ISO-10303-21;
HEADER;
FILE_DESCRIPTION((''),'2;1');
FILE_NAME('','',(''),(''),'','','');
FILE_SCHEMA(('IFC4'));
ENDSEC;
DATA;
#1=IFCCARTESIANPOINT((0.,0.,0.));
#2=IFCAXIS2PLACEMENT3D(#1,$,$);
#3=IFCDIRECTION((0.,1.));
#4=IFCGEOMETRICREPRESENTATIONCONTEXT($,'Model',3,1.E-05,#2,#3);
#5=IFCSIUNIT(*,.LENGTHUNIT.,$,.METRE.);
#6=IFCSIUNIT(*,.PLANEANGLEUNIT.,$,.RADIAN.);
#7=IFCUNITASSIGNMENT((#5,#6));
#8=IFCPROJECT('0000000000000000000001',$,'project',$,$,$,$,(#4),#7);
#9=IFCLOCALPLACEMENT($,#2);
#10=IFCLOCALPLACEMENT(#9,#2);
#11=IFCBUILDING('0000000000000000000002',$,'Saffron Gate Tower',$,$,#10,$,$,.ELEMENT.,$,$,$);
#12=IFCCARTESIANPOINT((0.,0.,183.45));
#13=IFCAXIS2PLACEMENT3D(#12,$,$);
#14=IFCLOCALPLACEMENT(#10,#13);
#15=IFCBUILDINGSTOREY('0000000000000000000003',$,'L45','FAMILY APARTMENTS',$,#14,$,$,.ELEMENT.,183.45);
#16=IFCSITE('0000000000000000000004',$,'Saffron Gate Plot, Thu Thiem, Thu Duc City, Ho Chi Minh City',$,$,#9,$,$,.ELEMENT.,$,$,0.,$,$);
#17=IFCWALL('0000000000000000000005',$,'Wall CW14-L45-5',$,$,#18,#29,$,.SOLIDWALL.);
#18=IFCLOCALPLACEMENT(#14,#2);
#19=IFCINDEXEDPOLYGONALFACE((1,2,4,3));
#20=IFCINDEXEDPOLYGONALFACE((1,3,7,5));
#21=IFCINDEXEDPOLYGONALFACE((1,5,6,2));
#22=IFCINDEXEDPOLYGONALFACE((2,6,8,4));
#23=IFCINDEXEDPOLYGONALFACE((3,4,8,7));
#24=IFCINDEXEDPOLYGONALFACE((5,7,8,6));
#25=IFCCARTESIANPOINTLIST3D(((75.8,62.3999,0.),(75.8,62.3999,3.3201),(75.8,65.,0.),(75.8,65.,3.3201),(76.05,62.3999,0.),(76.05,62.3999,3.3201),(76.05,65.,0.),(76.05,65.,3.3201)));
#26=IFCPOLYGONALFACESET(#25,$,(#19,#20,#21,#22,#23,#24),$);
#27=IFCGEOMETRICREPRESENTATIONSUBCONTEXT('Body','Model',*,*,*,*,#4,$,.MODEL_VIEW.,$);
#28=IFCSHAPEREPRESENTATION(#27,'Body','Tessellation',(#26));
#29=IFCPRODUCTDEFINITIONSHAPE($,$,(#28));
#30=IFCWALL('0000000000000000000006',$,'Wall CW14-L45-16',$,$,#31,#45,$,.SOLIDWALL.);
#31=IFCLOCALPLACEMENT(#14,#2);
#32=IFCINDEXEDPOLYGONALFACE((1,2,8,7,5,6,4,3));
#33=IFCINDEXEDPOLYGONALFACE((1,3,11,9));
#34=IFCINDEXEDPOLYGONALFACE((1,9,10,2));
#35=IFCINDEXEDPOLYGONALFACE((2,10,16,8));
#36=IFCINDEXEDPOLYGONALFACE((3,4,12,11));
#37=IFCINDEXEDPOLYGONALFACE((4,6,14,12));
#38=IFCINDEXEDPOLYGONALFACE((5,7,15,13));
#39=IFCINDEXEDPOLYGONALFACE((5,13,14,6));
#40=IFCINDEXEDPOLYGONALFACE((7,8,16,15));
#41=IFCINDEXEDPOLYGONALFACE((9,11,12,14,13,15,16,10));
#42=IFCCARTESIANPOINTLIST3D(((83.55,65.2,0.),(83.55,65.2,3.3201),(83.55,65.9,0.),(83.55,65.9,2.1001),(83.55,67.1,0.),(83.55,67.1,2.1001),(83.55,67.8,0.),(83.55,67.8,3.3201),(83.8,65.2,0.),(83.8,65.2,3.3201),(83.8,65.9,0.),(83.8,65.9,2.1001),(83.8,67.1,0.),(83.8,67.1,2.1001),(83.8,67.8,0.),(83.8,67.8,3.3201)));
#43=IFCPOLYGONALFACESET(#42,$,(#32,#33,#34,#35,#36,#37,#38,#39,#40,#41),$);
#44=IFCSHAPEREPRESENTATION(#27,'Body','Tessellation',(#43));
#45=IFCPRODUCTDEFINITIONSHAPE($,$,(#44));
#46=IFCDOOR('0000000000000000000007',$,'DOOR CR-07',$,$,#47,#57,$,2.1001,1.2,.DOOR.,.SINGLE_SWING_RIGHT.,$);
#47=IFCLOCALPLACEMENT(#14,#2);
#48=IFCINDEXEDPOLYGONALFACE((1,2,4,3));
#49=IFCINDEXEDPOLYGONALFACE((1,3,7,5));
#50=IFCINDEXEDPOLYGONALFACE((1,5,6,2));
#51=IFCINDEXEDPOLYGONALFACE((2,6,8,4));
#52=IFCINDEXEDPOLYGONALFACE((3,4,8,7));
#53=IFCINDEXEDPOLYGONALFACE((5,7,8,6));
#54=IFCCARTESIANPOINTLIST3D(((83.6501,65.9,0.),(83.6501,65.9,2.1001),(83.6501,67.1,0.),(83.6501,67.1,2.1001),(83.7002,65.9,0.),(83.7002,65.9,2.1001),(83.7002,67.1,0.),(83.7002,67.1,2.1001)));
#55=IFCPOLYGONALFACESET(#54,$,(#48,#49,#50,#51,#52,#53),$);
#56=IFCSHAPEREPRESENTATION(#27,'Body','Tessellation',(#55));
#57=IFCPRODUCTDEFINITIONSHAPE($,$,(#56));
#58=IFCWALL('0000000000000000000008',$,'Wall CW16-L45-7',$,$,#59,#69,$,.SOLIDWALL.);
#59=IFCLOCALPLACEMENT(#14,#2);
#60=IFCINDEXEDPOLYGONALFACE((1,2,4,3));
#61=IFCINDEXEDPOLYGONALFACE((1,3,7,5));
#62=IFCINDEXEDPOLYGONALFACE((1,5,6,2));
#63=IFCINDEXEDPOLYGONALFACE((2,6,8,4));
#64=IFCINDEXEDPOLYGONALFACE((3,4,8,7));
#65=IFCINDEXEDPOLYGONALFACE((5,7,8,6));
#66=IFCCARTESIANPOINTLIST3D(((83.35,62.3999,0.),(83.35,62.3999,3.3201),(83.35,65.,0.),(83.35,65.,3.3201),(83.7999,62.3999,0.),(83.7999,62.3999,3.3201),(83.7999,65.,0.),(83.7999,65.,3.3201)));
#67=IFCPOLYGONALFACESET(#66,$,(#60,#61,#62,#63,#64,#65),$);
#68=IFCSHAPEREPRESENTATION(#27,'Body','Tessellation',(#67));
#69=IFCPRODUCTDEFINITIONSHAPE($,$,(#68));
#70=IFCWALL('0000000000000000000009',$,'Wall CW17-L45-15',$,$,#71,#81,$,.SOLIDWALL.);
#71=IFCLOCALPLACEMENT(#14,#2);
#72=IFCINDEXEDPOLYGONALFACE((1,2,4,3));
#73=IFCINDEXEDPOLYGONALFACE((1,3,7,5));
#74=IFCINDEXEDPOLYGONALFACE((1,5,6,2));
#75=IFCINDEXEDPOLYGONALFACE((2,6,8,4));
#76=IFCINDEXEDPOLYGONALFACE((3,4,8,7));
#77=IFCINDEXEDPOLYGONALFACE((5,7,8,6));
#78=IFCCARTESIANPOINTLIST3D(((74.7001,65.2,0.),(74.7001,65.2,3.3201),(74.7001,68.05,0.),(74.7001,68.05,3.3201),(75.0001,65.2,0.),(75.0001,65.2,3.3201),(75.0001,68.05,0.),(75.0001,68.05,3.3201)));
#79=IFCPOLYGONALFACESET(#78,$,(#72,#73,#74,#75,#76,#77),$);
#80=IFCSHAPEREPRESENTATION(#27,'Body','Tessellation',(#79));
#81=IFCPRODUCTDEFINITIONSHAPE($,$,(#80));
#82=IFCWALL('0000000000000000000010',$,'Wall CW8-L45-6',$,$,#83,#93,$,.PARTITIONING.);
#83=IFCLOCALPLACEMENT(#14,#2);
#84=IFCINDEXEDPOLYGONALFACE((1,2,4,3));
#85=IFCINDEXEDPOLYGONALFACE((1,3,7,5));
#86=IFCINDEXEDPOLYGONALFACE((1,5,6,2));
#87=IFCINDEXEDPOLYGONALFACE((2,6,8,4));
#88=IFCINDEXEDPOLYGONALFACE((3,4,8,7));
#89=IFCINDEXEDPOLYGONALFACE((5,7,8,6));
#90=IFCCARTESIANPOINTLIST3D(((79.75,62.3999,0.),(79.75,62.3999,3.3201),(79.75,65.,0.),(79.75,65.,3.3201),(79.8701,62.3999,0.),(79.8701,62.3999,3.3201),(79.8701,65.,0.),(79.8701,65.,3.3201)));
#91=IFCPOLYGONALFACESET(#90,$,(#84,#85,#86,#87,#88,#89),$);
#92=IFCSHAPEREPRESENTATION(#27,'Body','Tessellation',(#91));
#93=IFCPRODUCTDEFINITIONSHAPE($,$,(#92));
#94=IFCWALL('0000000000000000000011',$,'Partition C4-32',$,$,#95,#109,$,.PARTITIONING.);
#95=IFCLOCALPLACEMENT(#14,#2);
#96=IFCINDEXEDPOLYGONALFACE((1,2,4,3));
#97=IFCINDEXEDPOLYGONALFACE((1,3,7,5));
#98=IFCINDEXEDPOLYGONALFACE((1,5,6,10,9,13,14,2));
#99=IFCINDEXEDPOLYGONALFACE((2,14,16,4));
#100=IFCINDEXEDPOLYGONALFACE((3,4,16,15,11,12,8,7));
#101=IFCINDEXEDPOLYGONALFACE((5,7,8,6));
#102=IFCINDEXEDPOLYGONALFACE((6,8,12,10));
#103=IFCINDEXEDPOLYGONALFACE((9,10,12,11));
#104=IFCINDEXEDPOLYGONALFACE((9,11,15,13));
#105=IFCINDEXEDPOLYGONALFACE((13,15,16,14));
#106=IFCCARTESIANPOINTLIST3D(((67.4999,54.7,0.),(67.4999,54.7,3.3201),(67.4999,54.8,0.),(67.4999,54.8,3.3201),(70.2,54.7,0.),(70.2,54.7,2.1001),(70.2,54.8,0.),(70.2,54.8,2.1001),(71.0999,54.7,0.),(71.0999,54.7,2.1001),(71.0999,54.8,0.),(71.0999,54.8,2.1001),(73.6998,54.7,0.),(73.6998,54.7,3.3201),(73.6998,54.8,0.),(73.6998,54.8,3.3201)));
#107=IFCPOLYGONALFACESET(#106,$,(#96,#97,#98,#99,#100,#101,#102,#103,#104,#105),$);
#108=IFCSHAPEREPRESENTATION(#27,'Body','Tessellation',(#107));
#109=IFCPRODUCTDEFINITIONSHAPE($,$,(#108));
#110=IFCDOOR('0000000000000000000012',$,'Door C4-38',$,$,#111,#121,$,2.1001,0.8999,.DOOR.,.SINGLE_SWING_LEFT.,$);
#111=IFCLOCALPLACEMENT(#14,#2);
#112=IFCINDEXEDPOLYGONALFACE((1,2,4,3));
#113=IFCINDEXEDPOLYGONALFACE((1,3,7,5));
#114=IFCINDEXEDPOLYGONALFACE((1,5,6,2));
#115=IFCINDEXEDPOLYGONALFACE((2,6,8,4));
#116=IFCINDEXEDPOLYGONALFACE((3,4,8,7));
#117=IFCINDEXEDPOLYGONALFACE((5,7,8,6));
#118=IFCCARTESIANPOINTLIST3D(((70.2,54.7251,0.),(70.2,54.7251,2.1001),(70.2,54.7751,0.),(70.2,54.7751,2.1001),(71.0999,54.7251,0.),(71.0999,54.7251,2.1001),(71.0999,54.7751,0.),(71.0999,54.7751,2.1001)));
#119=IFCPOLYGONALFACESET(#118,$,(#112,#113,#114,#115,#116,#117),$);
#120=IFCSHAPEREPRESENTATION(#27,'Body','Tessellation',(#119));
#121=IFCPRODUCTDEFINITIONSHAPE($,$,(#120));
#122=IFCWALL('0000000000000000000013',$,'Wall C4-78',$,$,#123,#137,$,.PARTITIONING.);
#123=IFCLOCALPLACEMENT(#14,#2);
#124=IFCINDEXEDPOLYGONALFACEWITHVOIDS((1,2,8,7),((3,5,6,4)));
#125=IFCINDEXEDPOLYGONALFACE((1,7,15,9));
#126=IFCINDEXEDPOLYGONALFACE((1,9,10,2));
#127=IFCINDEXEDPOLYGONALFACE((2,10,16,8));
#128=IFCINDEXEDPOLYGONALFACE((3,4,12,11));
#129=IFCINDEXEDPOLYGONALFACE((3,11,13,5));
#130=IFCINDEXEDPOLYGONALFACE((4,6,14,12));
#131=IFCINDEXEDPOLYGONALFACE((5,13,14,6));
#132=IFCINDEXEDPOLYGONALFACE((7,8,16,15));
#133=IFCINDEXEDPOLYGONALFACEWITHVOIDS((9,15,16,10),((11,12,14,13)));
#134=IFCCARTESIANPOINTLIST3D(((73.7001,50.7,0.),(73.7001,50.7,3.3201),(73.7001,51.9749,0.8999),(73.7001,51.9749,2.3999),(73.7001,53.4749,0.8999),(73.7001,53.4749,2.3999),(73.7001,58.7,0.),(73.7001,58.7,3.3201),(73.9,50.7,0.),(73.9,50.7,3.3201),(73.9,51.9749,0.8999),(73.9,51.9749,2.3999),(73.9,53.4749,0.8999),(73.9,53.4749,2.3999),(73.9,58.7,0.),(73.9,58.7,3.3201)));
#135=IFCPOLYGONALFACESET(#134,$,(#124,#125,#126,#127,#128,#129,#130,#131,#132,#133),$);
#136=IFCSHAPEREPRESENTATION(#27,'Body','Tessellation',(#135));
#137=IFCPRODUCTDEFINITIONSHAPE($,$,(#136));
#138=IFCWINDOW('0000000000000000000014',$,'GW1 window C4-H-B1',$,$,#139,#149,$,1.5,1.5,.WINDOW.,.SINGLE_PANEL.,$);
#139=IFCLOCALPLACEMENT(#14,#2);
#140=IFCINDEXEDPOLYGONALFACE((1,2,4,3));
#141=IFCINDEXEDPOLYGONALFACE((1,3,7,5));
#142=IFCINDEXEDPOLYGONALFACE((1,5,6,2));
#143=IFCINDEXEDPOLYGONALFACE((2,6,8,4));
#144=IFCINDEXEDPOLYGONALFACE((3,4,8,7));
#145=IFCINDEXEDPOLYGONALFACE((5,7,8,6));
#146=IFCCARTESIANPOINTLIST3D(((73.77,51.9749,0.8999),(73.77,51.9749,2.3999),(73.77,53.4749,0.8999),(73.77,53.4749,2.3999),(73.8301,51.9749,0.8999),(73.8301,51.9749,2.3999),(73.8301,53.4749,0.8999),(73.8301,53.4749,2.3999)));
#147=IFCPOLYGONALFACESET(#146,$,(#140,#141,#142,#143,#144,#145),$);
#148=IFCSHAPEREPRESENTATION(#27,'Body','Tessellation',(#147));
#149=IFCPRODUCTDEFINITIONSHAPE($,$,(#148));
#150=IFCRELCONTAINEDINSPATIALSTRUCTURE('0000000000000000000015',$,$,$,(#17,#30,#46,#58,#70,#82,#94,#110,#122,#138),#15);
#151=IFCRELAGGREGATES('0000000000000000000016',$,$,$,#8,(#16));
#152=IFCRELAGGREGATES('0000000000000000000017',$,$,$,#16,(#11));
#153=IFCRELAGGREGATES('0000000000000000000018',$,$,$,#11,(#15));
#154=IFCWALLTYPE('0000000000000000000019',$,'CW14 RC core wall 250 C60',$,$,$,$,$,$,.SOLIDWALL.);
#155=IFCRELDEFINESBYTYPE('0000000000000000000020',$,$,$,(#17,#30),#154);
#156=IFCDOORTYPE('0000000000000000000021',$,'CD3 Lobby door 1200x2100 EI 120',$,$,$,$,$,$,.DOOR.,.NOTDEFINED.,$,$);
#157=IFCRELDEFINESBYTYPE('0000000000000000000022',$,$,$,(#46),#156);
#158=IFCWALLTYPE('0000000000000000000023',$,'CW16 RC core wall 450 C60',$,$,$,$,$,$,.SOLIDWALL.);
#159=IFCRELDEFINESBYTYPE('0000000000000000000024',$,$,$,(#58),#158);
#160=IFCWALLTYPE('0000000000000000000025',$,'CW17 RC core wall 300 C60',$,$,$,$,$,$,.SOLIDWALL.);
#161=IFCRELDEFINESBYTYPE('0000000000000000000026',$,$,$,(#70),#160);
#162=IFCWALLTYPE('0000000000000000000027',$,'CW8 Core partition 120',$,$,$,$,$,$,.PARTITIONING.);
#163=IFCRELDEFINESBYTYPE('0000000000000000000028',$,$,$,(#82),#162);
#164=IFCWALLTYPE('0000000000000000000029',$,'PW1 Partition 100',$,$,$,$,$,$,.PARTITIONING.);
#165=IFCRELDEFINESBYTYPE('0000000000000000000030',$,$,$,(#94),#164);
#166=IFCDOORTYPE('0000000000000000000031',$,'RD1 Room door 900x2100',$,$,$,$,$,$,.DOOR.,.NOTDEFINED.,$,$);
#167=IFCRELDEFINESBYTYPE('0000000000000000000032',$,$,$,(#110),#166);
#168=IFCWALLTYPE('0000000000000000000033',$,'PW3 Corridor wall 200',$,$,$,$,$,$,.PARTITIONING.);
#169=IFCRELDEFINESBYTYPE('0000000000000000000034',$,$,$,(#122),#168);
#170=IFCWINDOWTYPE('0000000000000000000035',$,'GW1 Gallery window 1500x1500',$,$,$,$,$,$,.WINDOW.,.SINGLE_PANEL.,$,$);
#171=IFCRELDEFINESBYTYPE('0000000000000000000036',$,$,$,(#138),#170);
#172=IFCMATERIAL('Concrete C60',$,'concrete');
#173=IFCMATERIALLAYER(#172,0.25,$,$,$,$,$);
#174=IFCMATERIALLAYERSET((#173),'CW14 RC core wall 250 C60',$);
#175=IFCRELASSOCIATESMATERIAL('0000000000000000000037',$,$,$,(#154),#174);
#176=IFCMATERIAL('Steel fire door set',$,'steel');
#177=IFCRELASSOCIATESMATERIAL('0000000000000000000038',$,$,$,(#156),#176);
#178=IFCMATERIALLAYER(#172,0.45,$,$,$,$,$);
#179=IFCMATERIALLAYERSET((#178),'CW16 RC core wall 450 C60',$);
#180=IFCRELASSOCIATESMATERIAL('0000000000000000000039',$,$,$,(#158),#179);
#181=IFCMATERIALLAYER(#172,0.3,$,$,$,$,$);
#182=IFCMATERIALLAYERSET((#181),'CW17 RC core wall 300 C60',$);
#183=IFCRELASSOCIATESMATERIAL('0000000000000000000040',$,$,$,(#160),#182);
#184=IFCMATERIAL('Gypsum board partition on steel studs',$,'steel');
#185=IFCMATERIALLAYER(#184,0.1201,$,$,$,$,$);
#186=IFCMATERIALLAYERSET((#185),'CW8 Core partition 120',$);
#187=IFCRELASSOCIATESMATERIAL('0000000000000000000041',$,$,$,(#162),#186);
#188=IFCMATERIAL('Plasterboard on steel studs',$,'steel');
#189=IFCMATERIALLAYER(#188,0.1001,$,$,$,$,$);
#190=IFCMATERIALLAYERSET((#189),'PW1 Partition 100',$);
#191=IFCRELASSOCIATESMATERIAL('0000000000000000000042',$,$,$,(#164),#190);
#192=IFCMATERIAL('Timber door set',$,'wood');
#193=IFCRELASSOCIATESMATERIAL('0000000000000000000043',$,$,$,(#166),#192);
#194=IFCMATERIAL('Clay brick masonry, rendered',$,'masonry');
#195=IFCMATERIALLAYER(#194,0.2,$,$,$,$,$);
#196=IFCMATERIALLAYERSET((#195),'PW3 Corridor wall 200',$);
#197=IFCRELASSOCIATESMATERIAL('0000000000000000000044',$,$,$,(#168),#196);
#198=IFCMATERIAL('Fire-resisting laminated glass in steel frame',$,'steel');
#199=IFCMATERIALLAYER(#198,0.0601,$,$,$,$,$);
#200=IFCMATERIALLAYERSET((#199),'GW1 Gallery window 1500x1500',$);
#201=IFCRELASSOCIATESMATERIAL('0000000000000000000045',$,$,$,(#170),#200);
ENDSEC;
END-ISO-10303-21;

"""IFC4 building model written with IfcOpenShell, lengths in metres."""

from ifc_helpers import new_model, si_unit, direction, frame, frame_2d, origin, place, context, subcontext, project, spatial, rectangle, extrude, material, layer, layer_set, type_object, element, fill, save


model = new_model("IFC4")

# Units and contexts
model_context = context("Model", 3, precision=1e-05, world=origin(), true_north=direction((0.0, 1.0)))
body_context = subcontext(model_context, "Body", "Model", "MODEL_VIEW")
ifc_project = project(units=[si_unit("LENGTHUNIT", "METRE"), si_unit("PLANEANGLEUNIT", "RADIAN")], contexts=[model_context])

# Site, building, storey
site_placement = place(None, origin())
site = spatial("IfcSite", under=ifc_project, at=site_placement, Name="Saffron Gate Plot, Thu Thiem, Thu Duc City, Ho Chi Minh City", CompositionType="ELEMENT", RefElevation=0.0)
building_placement = place(site_placement, origin())
building = spatial("IfcBuilding", under=site, at=building_placement, Name="Saffron Gate Tower", CompositionType="ELEMENT")
storey_placement = place(building_placement, frame((0.0, 0.0, 183.45)))
storey = spatial("IfcBuildingStorey", under=building, at=storey_placement, Name="L45", Description="FAMILY APARTMENTS", CompositionType="ELEMENT", Elevation=183.45)

# Wall
ifc_material_1 = material(Name="Concrete C60", Category="concrete")
ifc_layer_1 = layer(ifc_material_1, 0.25)
ifc_layer_set_1 = layer_set([ifc_layer_1], Name="CW14 RC core wall 250 C60")
wall_type_1 = type_object("IfcWallType", Name="CW14 RC core wall 250 C60", PredefinedType="SOLIDWALL", material=ifc_layer_set_1)
wall_1_placement = place(storey_placement, frame((75.925, 62.3999, 0.0), z_axis=(0.0, 0.0, 1.0), x_axis=(0.0, 1.0, 0.0)))
element("IfcWall", 1, at=wall_1_placement, inside=storey, type_object=wall_type_1, Name="Wall CW14-L45-5", PredefinedType="SOLIDWALL", context=body_context, shape_type="SweptSolid", body=[
    extrude(rectangle(XDim=2.6001, YDim=0.25, at=frame_2d((1.3, 0.0))), origin(), (0.0, 0.0, 1.0), 3.3201),
])

# Wall, opening, door
wall_2_placement = place(storey_placement, frame((83.675, 65.2, 0.0), z_axis=(0.0, 0.0, 1.0), x_axis=(0.0, 1.0, 0.0)))
wall_2 = element("IfcWall", 2, at=wall_2_placement, inside=storey, type_object=wall_type_1, Name="Wall CW14-L45-16", PredefinedType="SOLIDWALL", context=body_context, shape_type="SweptSolid", body=[
    extrude(rectangle(XDim=2.6001, YDim=0.25, at=frame_2d((1.3, 0.0))), origin(), (0.0, 0.0, 1.0), 3.3201),
])
opening_1_placement = place(wall_2_placement, frame((0.7, 0.0, 0.0)))
opening_1 = element("IfcOpeningElement", 3, at=opening_1_placement, cuts=wall_2, PredefinedType="OPENING", context=body_context, shape_type="SweptSolid", body=[
    extrude(rectangle(XDim=1.2, YDim=2.1001, at=frame_2d((0.6001, 1.05))), frame((0.0, 0.135, 0.0), z_axis=(0.0, -1.0, 0.0), x_axis=(1.0, 0.0, 0.0)), (0.0, 0.0, 1.0), 0.27),
])
ifc_material_2 = material(Name="Steel fire door set", Category="steel")
door_type_1 = type_object("IfcDoorType", Name="CD3 Lobby door 1200x2100 EI 120", OperationType="NOTDEFINED", PredefinedType="DOOR", material=ifc_material_2)
door_1_placement = place(opening_1_placement, origin())
door_1 = element("IfcDoor", 4, at=door_1_placement, inside=storey, type_object=door_type_1, Name="DOOR CR-07", OperationType="SINGLE_SWING_RIGHT", OverallHeight=2.1001, OverallWidth=1.2, PredefinedType="DOOR", context=body_context, shape_type="SweptSolid", body=[
    extrude(rectangle(XDim=1.2, YDim=2.1001, at=frame_2d((0.6001, 1.05))), frame((0.0, 0.0249, 0.0), z_axis=(0.0, -1.0, 0.0), x_axis=(1.0, 0.0, 0.0)), (0.0, 0.0, 1.0), 0.05),
])
fill(opening_1, door_1)

# Walls
ifc_layer_2 = layer(ifc_material_1, 0.45)
ifc_layer_set_2 = layer_set([ifc_layer_2], Name="CW16 RC core wall 450 C60")
wall_type_2 = type_object("IfcWallType", Name="CW16 RC core wall 450 C60", PredefinedType="SOLIDWALL", material=ifc_layer_set_2)
wall_3_placement = place(storey_placement, frame((83.575, 62.3999, 0.0), z_axis=(0.0, 0.0, 1.0), x_axis=(0.0, 1.0, 0.0)))
element("IfcWall", 5, at=wall_3_placement, inside=storey, type_object=wall_type_2, Name="Wall CW16-L45-7", PredefinedType="SOLIDWALL", context=body_context, shape_type="SweptSolid", body=[
    extrude(rectangle(XDim=2.6001, YDim=0.45, at=frame_2d((1.3, 0.0))), origin(), (0.0, 0.0, 1.0), 3.3201),
])
ifc_layer_3 = layer(ifc_material_1, 0.3)
ifc_layer_set_3 = layer_set([ifc_layer_3], Name="CW17 RC core wall 300 C60")
wall_type_3 = type_object("IfcWallType", Name="CW17 RC core wall 300 C60", PredefinedType="SOLIDWALL", material=ifc_layer_set_3)
wall_4_placement = place(storey_placement, frame((74.8501, 65.2, 0.0), z_axis=(0.0, 0.0, 1.0), x_axis=(0.0, 1.0, 0.0)))
element("IfcWall", 6, at=wall_4_placement, inside=storey, type_object=wall_type_3, Name="Wall CW17-L45-15", PredefinedType="SOLIDWALL", context=body_context, shape_type="SweptSolid", body=[
    extrude(rectangle(XDim=2.8501, YDim=0.3, at=frame_2d((1.425, 0.0))), origin(), (0.0, 0.0, 1.0), 3.3201),
])
ifc_material_3 = material(Name="Gypsum board partition on steel studs", Category="steel")
ifc_layer_4 = layer(ifc_material_3, 0.1201)
ifc_layer_set_4 = layer_set([ifc_layer_4], Name="CW8 Core partition 120")
wall_type_4 = type_object("IfcWallType", Name="CW8 Core partition 120", PredefinedType="PARTITIONING", material=ifc_layer_set_4)
wall_5_placement = place(storey_placement, frame((79.8101, 62.3999, 0.0), z_axis=(0.0, 0.0, 1.0), x_axis=(0.0, 1.0, 0.0)))
element("IfcWall", 7, at=wall_5_placement, inside=storey, type_object=wall_type_4, Name="Wall CW8-L45-6", PredefinedType="PARTITIONING", context=body_context, shape_type="SweptSolid", body=[
    extrude(rectangle(XDim=2.6001, YDim=0.1201, at=frame_2d((1.3, 0.0))), origin(), (0.0, 0.0, 1.0), 3.3201),
])

# Wall, opening, door
ifc_material_4 = material(Name="Plasterboard on steel studs", Category="steel")
ifc_layer_5 = layer(ifc_material_4, 0.1001)
ifc_layer_set_5 = layer_set([ifc_layer_5], Name="PW1 Partition 100")
wall_type_5 = type_object("IfcWallType", Name="PW1 Partition 100", PredefinedType="PARTITIONING", material=ifc_layer_set_5)
wall_6_placement = place(storey_placement, frame((73.7, 54.75, 0.0), z_axis=(0.0, 0.0, 1.0), x_axis=(-1.0, 0.0, 0.0)))
wall_6 = element("IfcWall", 8, at=wall_6_placement, inside=storey, type_object=wall_type_5, Name="Partition C4-32", PredefinedType="PARTITIONING", context=body_context, shape_type="SweptSolid", body=[
    extrude(rectangle(XDim=6.2, YDim=0.1001, at=frame_2d((3.1001, 0.0))), origin(), (0.0, 0.0, 1.0), 3.3201),
])
opening_2_placement = place(wall_6_placement, frame((2.6001, 0.0, 0.0)))
opening_2 = element("IfcOpeningElement", 9, at=opening_2_placement, cuts=wall_6, PredefinedType="OPENING", context=body_context, shape_type="SweptSolid", body=[
    extrude(rectangle(XDim=0.8999, YDim=2.1001, at=frame_2d((0.45, 1.05))), frame((0.0, 0.0601, 0.0), z_axis=(0.0, -1.0, 0.0), x_axis=(1.0, 0.0, 0.0)), (0.0, 0.0, 1.0), 0.1201),
])
ifc_material_5 = material(Name="Timber door set", Category="wood")
door_type_2 = type_object("IfcDoorType", Name="RD1 Room door 900x2100", OperationType="NOTDEFINED", PredefinedType="DOOR", material=ifc_material_5)
door_2_placement = place(opening_2_placement, origin())
door_2 = element("IfcDoor", 10, at=door_2_placement, inside=storey, type_object=door_type_2, Name="Door C4-38", OperationType="SINGLE_SWING_LEFT", OverallHeight=2.1001, OverallWidth=0.8999, PredefinedType="DOOR", context=body_context, shape_type="SweptSolid", body=[
    extrude(rectangle(XDim=0.8999, YDim=2.1001, at=frame_2d((0.45, 1.05))), frame((0.0, 0.0249, 0.0), z_axis=(0.0, -1.0, 0.0), x_axis=(1.0, 0.0, 0.0)), (0.0, 0.0, 1.0), 0.05),
])
fill(opening_2, door_2)

# Wall, opening, window
ifc_material_6 = material(Name="Clay brick masonry, rendered", Category="masonry")
ifc_layer_6 = layer(ifc_material_6, 0.2)
ifc_layer_set_6 = layer_set([ifc_layer_6], Name="PW3 Corridor wall 200")
wall_type_6 = type_object("IfcWallType", Name="PW3 Corridor wall 200", PredefinedType="PARTITIONING", material=ifc_layer_set_6)
wall_7_placement = place(storey_placement, frame((73.8, 58.7, 0.0), z_axis=(0.0, 0.0, 1.0), x_axis=(0.0, -1.0, 0.0)))
wall_7 = element("IfcWall", 11, at=wall_7_placement, inside=storey, type_object=wall_type_6, Name="Wall C4-78", PredefinedType="PARTITIONING", context=body_context, shape_type="SweptSolid", body=[
    extrude(rectangle(XDim=8.0, YDim=0.2, at=frame_2d((4.0, 0.0))), origin(), (0.0, 0.0, 1.0), 3.3201),
])
opening_3_placement = place(wall_7_placement, frame((5.2251, 0.0, 0.8999)))
opening_3 = element("IfcOpeningElement", 12, at=opening_3_placement, cuts=wall_7, PredefinedType="OPENING", context=body_context, shape_type="SweptSolid", body=[
    extrude(rectangle(XDim=1.5, YDim=1.5, at=frame_2d((0.75, 0.75))), frame((0.0, 0.1099, 0.0), z_axis=(0.0, -1.0, 0.0), x_axis=(1.0, 0.0, 0.0)), (0.0, 0.0, 1.0), 0.22),
])
ifc_material_7 = material(Name="Fire-resisting laminated glass in steel frame", Category="steel")
ifc_layer_7 = layer(ifc_material_7, 0.0601)
ifc_layer_set_7 = layer_set([ifc_layer_7], Name="GW1 Gallery window 1500x1500")
window_type = type_object("IfcWindowType", Name="GW1 Gallery window 1500x1500", PartitioningType="SINGLE_PANEL", PredefinedType="WINDOW", material=ifc_layer_set_7)
window_placement = place(opening_3_placement, origin())
window = element("IfcWindow", 13, at=window_placement, inside=storey, type_object=window_type, Name="GW1 window C4-H-B1", OverallHeight=1.5, OverallWidth=1.5, PartitioningType="SINGLE_PANEL", PredefinedType="WINDOW", context=body_context, shape_type="SweptSolid", body=[
    extrude(rectangle(XDim=1.5, YDim=1.5, at=frame_2d((0.75, 0.75))), frame((0.0, 0.03, 0.0), z_axis=(0.0, -1.0, 0.0), x_axis=(1.0, 0.0, 0.0)), (0.0, 0.0, 1.0), 0.0601),
])
fill(opening_3, window)

save(model, "model.ifc")
